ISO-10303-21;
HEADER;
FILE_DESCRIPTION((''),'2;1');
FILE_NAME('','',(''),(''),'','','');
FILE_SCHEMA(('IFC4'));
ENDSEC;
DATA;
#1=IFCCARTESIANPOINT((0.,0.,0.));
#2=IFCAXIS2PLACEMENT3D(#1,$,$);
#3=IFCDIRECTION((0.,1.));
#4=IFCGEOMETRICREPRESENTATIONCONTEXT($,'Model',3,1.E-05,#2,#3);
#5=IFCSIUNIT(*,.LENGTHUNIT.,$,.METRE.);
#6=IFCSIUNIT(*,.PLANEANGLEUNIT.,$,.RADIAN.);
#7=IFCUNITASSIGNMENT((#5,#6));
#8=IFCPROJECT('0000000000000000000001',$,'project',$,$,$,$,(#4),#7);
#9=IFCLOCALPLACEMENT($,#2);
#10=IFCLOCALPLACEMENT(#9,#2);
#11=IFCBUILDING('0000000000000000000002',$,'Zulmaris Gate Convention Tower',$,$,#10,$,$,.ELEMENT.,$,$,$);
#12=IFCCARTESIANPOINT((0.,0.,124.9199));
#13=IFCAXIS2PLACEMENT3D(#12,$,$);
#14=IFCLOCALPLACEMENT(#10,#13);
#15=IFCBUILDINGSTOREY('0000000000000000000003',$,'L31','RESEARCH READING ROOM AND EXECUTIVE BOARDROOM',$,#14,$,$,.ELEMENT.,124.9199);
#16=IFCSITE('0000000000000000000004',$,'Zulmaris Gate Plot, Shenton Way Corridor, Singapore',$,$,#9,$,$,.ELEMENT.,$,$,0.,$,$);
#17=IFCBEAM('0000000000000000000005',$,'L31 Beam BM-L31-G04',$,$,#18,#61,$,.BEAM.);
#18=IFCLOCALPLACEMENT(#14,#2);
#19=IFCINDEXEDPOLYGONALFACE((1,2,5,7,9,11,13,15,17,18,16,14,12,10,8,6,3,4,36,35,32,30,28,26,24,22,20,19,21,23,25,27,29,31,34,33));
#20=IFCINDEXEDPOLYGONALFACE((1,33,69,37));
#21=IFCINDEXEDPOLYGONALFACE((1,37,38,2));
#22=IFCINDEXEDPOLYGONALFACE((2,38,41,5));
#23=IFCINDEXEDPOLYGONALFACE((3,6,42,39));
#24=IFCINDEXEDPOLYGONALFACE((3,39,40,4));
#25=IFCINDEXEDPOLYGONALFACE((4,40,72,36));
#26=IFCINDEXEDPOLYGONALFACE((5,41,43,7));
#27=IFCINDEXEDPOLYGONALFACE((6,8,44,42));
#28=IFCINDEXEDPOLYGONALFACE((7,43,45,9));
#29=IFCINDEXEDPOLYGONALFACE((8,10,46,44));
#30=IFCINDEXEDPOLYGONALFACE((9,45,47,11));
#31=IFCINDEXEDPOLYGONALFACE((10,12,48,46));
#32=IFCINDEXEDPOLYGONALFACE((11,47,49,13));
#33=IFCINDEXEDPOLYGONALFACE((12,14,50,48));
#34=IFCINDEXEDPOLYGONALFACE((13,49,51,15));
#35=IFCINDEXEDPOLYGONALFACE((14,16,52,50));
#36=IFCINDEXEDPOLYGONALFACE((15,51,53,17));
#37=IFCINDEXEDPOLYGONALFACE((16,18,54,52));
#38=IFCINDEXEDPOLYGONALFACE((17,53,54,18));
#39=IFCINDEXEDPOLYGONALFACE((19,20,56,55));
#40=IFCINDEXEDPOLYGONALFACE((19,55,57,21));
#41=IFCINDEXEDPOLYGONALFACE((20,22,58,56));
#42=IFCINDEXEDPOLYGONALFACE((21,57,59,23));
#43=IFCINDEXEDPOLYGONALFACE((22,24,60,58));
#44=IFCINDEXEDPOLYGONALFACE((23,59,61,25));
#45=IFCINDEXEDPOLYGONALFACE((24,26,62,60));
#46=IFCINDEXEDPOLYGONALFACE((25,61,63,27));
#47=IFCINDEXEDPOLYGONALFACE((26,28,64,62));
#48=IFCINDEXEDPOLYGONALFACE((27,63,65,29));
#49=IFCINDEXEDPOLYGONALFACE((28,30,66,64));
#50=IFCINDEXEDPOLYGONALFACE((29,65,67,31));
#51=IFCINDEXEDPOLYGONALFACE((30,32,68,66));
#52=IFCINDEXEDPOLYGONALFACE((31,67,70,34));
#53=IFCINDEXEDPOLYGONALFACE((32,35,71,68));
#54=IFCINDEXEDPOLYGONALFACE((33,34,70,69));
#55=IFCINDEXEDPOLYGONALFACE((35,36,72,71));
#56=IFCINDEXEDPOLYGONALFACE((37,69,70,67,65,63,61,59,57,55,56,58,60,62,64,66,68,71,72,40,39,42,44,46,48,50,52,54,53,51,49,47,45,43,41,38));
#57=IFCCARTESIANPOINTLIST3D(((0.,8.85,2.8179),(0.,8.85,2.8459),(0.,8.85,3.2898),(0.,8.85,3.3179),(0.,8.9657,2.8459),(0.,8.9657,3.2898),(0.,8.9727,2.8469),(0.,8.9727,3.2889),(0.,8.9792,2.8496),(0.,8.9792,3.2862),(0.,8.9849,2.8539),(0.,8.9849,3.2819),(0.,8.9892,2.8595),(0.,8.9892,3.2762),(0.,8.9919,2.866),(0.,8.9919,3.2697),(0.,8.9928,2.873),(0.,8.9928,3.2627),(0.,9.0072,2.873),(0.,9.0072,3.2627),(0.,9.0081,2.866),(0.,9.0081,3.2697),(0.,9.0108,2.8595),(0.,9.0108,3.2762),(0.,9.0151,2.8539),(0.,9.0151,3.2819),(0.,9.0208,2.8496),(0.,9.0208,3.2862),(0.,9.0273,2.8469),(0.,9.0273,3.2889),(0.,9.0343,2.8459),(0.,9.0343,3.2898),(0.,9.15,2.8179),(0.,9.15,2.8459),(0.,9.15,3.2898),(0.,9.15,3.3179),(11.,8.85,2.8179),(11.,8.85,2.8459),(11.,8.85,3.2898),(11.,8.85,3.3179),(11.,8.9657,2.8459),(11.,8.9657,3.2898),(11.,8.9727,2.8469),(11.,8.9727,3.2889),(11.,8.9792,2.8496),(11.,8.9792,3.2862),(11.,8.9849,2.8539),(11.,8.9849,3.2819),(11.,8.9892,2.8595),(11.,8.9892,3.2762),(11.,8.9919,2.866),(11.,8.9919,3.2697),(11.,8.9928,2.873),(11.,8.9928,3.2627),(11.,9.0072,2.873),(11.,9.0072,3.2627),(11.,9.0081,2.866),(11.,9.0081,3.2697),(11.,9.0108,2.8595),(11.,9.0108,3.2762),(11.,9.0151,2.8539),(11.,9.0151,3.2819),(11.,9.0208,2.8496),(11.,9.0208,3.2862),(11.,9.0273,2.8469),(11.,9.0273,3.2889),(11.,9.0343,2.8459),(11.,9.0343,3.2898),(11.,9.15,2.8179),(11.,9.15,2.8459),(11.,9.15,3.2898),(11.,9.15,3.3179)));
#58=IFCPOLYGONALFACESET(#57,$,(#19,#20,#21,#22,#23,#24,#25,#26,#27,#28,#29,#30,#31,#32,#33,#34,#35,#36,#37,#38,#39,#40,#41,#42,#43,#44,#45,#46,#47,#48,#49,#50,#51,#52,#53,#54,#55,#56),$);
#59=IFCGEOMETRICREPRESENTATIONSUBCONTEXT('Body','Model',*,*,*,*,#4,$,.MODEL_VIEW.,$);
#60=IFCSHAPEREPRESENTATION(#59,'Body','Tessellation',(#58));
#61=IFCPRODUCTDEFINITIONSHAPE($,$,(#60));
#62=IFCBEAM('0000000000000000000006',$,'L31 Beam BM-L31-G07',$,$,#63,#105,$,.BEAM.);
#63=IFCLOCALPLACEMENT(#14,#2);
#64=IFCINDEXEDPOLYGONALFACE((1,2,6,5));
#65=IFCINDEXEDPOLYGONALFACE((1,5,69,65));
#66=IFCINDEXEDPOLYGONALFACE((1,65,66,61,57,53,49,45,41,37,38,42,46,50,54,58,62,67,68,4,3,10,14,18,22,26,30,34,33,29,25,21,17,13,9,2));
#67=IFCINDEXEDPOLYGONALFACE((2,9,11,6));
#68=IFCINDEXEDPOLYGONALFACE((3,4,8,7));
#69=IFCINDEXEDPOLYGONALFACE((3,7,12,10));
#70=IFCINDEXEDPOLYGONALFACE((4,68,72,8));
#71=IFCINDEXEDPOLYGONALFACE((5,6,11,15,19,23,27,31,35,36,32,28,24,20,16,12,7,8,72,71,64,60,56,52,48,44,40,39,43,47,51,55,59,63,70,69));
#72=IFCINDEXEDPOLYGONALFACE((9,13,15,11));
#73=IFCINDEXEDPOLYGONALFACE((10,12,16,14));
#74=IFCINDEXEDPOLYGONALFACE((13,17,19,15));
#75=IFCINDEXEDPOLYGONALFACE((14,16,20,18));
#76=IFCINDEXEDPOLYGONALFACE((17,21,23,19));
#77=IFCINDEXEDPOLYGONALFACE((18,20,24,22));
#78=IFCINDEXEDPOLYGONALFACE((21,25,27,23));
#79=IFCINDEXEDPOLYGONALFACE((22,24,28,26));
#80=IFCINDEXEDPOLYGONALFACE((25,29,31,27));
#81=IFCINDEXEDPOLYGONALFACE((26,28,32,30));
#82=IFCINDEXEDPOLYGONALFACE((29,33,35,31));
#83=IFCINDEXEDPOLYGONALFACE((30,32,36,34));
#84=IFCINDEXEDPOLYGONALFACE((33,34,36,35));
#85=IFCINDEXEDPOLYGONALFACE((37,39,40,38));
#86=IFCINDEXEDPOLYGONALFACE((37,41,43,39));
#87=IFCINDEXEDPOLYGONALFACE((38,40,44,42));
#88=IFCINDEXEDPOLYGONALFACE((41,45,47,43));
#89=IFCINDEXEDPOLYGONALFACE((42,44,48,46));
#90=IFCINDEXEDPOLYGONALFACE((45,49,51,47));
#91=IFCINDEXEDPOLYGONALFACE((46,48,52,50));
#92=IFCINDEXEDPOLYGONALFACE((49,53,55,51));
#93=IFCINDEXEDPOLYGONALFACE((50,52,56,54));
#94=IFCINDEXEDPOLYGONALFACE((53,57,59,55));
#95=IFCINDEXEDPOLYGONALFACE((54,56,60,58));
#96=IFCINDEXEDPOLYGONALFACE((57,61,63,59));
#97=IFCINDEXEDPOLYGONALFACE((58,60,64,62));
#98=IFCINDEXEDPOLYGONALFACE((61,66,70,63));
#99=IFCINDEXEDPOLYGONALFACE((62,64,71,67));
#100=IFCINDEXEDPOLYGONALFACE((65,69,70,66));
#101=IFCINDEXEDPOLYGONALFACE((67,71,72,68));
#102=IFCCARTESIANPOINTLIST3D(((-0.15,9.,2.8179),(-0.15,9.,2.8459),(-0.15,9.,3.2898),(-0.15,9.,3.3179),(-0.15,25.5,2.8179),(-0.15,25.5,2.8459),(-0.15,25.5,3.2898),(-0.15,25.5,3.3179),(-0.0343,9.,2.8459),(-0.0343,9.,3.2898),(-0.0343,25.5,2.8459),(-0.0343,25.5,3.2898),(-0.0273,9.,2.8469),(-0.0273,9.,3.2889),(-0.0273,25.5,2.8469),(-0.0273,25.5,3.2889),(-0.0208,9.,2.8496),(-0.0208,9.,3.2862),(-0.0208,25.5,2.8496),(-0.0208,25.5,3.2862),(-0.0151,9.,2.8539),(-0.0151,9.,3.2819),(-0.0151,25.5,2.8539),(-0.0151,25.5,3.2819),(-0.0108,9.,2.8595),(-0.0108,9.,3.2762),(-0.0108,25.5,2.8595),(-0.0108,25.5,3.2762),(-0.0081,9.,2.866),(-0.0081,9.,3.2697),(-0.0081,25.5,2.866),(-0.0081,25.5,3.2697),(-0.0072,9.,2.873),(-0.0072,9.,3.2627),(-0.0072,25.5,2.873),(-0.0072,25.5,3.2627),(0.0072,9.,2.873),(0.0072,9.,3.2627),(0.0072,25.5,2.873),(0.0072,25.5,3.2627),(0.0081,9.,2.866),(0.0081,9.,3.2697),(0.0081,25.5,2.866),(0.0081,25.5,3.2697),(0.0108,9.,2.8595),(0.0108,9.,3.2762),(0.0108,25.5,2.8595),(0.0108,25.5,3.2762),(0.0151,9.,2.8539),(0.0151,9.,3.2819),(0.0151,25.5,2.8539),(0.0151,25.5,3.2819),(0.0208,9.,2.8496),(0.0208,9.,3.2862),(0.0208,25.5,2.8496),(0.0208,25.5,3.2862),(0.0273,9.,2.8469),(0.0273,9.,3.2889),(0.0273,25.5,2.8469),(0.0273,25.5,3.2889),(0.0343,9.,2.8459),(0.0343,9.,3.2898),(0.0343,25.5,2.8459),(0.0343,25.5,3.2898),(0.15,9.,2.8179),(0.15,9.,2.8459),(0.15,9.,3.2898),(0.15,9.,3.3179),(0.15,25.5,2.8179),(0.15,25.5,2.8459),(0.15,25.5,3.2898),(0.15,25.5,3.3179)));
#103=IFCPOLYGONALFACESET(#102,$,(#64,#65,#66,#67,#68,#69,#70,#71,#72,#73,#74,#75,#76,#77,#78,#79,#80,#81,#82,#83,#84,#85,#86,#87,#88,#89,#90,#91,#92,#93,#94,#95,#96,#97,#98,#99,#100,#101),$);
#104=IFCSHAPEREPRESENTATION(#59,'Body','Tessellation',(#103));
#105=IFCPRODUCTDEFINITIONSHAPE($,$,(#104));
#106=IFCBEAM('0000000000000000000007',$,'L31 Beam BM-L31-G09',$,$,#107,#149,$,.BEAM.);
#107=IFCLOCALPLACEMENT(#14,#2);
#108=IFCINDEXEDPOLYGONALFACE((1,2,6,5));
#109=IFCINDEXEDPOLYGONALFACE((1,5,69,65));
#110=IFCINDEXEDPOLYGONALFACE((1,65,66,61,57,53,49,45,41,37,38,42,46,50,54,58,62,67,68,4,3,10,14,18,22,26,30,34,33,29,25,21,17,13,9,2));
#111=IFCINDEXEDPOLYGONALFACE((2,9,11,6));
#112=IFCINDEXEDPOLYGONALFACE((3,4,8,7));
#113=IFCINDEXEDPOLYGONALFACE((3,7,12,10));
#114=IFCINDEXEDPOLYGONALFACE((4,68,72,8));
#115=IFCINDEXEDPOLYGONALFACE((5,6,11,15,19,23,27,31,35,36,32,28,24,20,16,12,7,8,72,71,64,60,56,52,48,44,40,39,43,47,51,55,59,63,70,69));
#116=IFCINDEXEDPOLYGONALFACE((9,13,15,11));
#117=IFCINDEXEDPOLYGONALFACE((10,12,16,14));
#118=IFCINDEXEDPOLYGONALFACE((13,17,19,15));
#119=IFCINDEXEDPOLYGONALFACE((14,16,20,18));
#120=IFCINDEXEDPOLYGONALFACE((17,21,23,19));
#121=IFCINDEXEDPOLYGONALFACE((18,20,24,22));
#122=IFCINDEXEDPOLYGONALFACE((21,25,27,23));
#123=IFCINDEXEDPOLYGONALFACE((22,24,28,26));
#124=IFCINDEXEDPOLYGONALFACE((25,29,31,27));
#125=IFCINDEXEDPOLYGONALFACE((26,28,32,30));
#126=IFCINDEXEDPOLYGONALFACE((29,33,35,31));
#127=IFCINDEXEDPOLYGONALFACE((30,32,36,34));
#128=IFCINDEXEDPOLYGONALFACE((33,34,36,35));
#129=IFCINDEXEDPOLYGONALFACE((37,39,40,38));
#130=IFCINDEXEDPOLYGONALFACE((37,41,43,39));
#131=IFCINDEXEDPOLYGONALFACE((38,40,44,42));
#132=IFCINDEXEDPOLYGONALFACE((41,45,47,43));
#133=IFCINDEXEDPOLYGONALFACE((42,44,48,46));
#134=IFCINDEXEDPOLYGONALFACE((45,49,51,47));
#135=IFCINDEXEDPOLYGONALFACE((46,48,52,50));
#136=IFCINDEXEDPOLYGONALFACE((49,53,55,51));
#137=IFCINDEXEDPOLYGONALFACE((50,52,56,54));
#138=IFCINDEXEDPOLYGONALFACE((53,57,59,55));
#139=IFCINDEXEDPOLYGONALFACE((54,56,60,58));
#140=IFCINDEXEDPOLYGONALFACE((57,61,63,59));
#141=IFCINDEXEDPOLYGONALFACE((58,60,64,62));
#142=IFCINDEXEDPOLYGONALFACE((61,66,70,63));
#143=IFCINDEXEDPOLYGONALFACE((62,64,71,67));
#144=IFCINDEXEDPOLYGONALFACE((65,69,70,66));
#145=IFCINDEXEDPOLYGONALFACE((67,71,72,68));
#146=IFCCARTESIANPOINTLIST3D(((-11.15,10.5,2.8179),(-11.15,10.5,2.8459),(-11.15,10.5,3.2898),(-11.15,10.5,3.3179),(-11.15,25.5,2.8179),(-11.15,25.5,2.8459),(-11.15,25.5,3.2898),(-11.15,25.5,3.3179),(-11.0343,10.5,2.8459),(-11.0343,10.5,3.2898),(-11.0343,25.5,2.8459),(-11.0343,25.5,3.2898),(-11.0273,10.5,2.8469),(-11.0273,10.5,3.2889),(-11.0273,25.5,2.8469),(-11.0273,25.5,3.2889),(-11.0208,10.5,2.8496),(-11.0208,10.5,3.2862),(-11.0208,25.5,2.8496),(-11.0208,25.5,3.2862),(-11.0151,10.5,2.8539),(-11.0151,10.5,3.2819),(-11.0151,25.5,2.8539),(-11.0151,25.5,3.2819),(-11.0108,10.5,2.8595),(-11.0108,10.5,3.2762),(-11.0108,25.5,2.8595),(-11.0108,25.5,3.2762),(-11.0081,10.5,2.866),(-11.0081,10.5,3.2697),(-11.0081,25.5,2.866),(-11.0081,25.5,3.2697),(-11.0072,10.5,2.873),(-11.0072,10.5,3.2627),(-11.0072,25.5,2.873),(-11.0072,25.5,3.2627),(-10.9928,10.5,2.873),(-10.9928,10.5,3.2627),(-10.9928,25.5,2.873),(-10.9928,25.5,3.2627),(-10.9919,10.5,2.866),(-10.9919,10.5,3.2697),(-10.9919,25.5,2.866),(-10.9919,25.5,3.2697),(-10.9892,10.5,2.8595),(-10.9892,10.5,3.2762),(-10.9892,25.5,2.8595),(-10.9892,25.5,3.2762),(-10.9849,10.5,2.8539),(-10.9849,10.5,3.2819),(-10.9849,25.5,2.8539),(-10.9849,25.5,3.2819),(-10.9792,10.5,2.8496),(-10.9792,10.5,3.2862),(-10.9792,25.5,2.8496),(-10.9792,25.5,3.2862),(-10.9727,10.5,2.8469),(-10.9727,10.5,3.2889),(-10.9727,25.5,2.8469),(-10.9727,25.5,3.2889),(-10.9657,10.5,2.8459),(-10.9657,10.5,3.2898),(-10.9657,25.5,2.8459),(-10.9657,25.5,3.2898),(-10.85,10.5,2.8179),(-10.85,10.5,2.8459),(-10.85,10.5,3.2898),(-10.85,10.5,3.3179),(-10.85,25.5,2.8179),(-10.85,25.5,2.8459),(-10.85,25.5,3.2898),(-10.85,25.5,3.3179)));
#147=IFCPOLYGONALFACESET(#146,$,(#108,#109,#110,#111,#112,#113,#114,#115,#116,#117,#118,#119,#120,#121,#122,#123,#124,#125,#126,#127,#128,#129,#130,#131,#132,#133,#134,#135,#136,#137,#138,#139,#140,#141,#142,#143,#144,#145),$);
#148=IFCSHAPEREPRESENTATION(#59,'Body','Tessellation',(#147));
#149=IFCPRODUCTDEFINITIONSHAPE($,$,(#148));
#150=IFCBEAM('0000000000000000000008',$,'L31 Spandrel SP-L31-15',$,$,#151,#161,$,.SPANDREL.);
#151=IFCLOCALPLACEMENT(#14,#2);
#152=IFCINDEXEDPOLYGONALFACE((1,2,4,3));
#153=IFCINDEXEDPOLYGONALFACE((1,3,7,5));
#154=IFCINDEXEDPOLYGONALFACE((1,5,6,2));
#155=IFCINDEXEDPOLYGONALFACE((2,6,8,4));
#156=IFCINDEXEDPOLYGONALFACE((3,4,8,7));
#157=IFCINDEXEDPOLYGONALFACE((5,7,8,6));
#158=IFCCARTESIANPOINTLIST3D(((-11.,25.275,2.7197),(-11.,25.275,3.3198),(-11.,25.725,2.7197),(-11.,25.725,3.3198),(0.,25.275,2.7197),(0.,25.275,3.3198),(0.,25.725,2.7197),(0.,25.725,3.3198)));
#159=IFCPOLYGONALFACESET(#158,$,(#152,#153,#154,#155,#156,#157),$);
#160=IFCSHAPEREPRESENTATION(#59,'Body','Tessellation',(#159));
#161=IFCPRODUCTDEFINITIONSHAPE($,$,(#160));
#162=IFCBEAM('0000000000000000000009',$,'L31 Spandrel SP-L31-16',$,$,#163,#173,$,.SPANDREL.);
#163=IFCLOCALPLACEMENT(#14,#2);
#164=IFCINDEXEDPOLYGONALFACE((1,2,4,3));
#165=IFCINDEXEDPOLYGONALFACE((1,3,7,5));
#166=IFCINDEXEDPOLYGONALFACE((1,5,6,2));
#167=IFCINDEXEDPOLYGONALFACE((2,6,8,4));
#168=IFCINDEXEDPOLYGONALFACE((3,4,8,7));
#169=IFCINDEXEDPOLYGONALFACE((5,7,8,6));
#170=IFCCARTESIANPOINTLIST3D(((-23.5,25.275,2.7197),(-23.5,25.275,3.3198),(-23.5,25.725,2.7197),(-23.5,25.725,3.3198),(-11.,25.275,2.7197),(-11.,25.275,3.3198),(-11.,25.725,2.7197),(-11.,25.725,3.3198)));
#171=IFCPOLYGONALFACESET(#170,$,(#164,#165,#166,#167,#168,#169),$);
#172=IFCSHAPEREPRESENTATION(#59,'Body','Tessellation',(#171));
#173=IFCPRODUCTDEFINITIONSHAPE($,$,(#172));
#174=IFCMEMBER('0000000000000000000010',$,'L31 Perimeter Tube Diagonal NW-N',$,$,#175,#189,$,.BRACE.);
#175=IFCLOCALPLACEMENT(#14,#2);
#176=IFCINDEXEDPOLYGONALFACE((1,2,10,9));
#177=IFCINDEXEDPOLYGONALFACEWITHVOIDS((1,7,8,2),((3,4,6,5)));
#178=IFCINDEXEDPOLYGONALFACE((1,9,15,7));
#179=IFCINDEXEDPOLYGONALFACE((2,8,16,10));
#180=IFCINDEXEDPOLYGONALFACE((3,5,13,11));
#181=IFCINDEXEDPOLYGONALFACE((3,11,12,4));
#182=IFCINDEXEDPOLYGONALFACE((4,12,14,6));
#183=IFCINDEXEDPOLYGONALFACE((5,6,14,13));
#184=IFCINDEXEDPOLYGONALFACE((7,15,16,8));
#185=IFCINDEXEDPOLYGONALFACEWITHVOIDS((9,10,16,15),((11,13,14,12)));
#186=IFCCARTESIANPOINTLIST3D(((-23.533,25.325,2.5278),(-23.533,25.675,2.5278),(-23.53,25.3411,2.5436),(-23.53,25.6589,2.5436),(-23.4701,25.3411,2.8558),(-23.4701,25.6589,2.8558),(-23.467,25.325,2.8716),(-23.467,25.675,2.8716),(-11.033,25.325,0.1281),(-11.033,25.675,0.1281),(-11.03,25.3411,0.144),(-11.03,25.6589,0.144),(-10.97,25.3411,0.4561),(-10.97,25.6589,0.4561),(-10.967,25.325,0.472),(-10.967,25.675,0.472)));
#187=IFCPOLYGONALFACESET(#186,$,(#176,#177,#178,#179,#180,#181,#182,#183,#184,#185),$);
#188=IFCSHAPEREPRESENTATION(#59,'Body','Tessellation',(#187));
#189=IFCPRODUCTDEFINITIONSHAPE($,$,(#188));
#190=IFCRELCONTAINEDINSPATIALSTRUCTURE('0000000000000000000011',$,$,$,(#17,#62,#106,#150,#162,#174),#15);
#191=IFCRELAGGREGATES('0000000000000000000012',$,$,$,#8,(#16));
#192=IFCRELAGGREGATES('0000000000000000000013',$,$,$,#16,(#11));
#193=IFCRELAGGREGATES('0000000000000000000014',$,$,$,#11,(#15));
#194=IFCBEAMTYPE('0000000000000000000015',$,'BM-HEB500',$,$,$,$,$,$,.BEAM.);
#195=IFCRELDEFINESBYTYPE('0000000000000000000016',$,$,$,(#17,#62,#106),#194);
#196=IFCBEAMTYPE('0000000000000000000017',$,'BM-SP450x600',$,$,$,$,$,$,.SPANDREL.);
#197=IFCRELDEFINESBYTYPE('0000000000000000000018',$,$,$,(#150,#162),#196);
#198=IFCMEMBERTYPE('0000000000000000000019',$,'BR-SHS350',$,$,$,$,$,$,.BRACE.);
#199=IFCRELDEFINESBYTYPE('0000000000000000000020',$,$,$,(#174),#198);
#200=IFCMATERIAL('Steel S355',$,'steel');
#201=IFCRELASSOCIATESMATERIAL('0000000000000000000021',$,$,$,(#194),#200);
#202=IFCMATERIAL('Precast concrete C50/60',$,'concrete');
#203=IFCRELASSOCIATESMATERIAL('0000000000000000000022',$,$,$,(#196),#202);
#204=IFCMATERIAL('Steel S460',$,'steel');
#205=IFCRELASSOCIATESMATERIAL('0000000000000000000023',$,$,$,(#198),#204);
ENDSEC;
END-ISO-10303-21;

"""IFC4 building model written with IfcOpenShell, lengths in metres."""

from ifc_helpers import new_model, si_unit, direction, frame, origin, origin_2d, place, context, subcontext, project, spatial, rectangle, hollow_rectangle, i_section, extrude, material, material_profile, profile_set, type_object, element, save


model = new_model("IFC4")

# Units and contexts
model_context = context("Model", 3, precision=1e-05, world=origin(), true_north=direction((0.0, 1.0)))
body_context = subcontext(model_context, "Body", "Model", "MODEL_VIEW")
ifc_project = project(units=[si_unit("LENGTHUNIT", "METRE"), si_unit("PLANEANGLEUNIT", "RADIAN")], contexts=[model_context])

# Site, building, storey
site_placement = place(None, origin())
site = spatial("IfcSite", under=ifc_project, at=site_placement, Name="Zulmaris Gate Plot, Shenton Way Corridor, Singapore", CompositionType="ELEMENT", RefElevation=0.0)
building_placement = place(site_placement, origin())
building = spatial("IfcBuilding", under=site, at=building_placement, Name="Zulmaris Gate Convention Tower", CompositionType="ELEMENT")
storey_placement = place(building_placement, frame((0.0, 0.0, 124.9199)))
storey = spatial("IfcBuildingStorey", under=building, at=storey_placement, Name="L31", Description="RESEARCH READING ROOM AND EXECUTIVE BOARDROOM", CompositionType="ELEMENT", Elevation=124.9199)

# Beams
ifc_material_1 = material(Name="Steel S355", Category="steel")
ifc_material_profile_1 = material_profile(ifc_material_1, i_section(OverallWidth=0.3, OverallDepth=0.5, WebThickness=0.0144, FlangeThickness=0.0281, FilletRadius=0.0271, at=origin_2d()), Name="HEB 500")
ifc_profile_set_1 = profile_set([ifc_material_profile_1], Name="Steel S355")
beam_type_1 = type_object("IfcBeamType", Name="BM-HEB500", PredefinedType="BEAM", material=ifc_profile_set_1)
for number, where, z_axis, x_axis, name in (
    (1, (0.0, 9.0, 3.0679), (1.0, 0.0, 0.0), (0.0, 1.0, 0.0), "L31 Beam BM-L31-G04"),
):
    element("IfcBeam", number, at=place(storey_placement, frame(where, z_axis=z_axis, x_axis=x_axis)), inside=storey, type_object=beam_type_1, Name=name, PredefinedType="BEAM", context=body_context, shape_type="SweptSolid", body=[
        extrude(i_section(OverallWidth=0.3, OverallDepth=0.5, WebThickness=0.0144, FlangeThickness=0.0281, FilletRadius=0.0271, at=origin_2d()), origin(), (0.0, 0.0, 1.0), 11.0),
    ])
beam_1_placement = place(storey_placement, frame((0.0, 9.0, 3.0679), z_axis=(0.0, 1.0, 0.0), x_axis=(-1.0, 0.0, 0.0)))
element("IfcBeam", 2, at=beam_1_placement, inside=storey, type_object=beam_type_1, Name="L31 Beam BM-L31-G07", PredefinedType="BEAM", context=body_context, shape_type="SweptSolid", body=[
    extrude(i_section(OverallWidth=0.3, OverallDepth=0.5, WebThickness=0.0144, FlangeThickness=0.0281, FilletRadius=0.0271, at=origin_2d()), origin(), (0.0, 0.0, 1.0), 16.5),
])
beam_2_placement = place(storey_placement, frame((-11.0, 10.5, 3.0679), z_axis=(0.0, 1.0, 0.0), x_axis=(-1.0, 0.0, 0.0)))
element("IfcBeam", 3, at=beam_2_placement, inside=storey, type_object=beam_type_1, Name="L31 Beam BM-L31-G09", PredefinedType="BEAM", context=body_context, shape_type="SweptSolid", body=[
    extrude(i_section(OverallWidth=0.3, OverallDepth=0.5, WebThickness=0.0144, FlangeThickness=0.0281, FilletRadius=0.0271, at=origin_2d()), origin(), (0.0, 0.0, 1.0), 15.0),
])
ifc_material_2 = material(Name="Precast concrete C50/60", Category="concrete")
ifc_material_profile_2 = material_profile(ifc_material_2, rectangle(XDim=0.45, YDim=0.6001, at=origin_2d()), Name="RC SPANDREL 450x600")
ifc_profile_set_2 = profile_set([ifc_material_profile_2], Name="Precast concrete C50/60")
beam_type_2 = type_object("IfcBeamType", Name="BM-SP450x600", PredefinedType="SPANDREL", material=ifc_profile_set_2)
beam_3_placement = place(storey_placement, frame((0.0, 25.5, 3.0198), z_axis=(-1.0, 0.0, 0.0), x_axis=(0.0, -1.0, 0.0)))
element("IfcBeam", 4, at=beam_3_placement, inside=storey, type_object=beam_type_2, Name="L31 Spandrel SP-L31-15", PredefinedType="SPANDREL", context=body_context, shape_type="SweptSolid", body=[
    extrude(rectangle(XDim=0.45, YDim=0.6001, at=origin_2d()), origin(), (0.0, 0.0, 1.0), 11.0),
])
beam_4_placement = place(storey_placement, frame((-11.0, 25.5, 3.0198), z_axis=(-1.0, 0.0, 0.0), x_axis=(0.0, -1.0, 0.0)))
element("IfcBeam", 5, at=beam_4_placement, inside=storey, type_object=beam_type_2, Name="L31 Spandrel SP-L31-16", PredefinedType="SPANDREL", context=body_context, shape_type="SweptSolid", body=[
    extrude(rectangle(XDim=0.45, YDim=0.6001, at=origin_2d()), origin(), (0.0, 0.0, 1.0), 12.5),
])

# Member
ifc_material_3 = material(Name="Steel S460", Category="steel")
ifc_material_profile_3 = material_profile(ifc_material_3, hollow_rectangle(XDim=0.3501, YDim=0.3501, WallThickness=0.0161, at=origin_2d()), Name="SHS 350x350x16")
ifc_profile_set_3 = profile_set([ifc_material_profile_3], Name="Steel S460")
member_type = type_object("IfcMemberType", Name="BR-SHS350", PredefinedType="BRACE", material=ifc_profile_set_3)
member_placement = place(storey_placement, frame((-11.0, 25.5, 0.3), z_axis=(-0.982067, 0.0, 0.18853), x_axis=(0.0, -1.0, 0.0)))
element("IfcMember", 6, at=member_placement, inside=storey, type_object=member_type, Name="L31 Perimeter Tube Diagonal NW-N", PredefinedType="BRACE", context=body_context, shape_type="SweptSolid", body=[
    extrude(hollow_rectangle(XDim=0.3501, YDim=0.3501, WallThickness=0.0161, at=origin_2d()), origin(), (0.0, 0.0, 1.0), 12.7283),
])

save(model, "model.ifc")
